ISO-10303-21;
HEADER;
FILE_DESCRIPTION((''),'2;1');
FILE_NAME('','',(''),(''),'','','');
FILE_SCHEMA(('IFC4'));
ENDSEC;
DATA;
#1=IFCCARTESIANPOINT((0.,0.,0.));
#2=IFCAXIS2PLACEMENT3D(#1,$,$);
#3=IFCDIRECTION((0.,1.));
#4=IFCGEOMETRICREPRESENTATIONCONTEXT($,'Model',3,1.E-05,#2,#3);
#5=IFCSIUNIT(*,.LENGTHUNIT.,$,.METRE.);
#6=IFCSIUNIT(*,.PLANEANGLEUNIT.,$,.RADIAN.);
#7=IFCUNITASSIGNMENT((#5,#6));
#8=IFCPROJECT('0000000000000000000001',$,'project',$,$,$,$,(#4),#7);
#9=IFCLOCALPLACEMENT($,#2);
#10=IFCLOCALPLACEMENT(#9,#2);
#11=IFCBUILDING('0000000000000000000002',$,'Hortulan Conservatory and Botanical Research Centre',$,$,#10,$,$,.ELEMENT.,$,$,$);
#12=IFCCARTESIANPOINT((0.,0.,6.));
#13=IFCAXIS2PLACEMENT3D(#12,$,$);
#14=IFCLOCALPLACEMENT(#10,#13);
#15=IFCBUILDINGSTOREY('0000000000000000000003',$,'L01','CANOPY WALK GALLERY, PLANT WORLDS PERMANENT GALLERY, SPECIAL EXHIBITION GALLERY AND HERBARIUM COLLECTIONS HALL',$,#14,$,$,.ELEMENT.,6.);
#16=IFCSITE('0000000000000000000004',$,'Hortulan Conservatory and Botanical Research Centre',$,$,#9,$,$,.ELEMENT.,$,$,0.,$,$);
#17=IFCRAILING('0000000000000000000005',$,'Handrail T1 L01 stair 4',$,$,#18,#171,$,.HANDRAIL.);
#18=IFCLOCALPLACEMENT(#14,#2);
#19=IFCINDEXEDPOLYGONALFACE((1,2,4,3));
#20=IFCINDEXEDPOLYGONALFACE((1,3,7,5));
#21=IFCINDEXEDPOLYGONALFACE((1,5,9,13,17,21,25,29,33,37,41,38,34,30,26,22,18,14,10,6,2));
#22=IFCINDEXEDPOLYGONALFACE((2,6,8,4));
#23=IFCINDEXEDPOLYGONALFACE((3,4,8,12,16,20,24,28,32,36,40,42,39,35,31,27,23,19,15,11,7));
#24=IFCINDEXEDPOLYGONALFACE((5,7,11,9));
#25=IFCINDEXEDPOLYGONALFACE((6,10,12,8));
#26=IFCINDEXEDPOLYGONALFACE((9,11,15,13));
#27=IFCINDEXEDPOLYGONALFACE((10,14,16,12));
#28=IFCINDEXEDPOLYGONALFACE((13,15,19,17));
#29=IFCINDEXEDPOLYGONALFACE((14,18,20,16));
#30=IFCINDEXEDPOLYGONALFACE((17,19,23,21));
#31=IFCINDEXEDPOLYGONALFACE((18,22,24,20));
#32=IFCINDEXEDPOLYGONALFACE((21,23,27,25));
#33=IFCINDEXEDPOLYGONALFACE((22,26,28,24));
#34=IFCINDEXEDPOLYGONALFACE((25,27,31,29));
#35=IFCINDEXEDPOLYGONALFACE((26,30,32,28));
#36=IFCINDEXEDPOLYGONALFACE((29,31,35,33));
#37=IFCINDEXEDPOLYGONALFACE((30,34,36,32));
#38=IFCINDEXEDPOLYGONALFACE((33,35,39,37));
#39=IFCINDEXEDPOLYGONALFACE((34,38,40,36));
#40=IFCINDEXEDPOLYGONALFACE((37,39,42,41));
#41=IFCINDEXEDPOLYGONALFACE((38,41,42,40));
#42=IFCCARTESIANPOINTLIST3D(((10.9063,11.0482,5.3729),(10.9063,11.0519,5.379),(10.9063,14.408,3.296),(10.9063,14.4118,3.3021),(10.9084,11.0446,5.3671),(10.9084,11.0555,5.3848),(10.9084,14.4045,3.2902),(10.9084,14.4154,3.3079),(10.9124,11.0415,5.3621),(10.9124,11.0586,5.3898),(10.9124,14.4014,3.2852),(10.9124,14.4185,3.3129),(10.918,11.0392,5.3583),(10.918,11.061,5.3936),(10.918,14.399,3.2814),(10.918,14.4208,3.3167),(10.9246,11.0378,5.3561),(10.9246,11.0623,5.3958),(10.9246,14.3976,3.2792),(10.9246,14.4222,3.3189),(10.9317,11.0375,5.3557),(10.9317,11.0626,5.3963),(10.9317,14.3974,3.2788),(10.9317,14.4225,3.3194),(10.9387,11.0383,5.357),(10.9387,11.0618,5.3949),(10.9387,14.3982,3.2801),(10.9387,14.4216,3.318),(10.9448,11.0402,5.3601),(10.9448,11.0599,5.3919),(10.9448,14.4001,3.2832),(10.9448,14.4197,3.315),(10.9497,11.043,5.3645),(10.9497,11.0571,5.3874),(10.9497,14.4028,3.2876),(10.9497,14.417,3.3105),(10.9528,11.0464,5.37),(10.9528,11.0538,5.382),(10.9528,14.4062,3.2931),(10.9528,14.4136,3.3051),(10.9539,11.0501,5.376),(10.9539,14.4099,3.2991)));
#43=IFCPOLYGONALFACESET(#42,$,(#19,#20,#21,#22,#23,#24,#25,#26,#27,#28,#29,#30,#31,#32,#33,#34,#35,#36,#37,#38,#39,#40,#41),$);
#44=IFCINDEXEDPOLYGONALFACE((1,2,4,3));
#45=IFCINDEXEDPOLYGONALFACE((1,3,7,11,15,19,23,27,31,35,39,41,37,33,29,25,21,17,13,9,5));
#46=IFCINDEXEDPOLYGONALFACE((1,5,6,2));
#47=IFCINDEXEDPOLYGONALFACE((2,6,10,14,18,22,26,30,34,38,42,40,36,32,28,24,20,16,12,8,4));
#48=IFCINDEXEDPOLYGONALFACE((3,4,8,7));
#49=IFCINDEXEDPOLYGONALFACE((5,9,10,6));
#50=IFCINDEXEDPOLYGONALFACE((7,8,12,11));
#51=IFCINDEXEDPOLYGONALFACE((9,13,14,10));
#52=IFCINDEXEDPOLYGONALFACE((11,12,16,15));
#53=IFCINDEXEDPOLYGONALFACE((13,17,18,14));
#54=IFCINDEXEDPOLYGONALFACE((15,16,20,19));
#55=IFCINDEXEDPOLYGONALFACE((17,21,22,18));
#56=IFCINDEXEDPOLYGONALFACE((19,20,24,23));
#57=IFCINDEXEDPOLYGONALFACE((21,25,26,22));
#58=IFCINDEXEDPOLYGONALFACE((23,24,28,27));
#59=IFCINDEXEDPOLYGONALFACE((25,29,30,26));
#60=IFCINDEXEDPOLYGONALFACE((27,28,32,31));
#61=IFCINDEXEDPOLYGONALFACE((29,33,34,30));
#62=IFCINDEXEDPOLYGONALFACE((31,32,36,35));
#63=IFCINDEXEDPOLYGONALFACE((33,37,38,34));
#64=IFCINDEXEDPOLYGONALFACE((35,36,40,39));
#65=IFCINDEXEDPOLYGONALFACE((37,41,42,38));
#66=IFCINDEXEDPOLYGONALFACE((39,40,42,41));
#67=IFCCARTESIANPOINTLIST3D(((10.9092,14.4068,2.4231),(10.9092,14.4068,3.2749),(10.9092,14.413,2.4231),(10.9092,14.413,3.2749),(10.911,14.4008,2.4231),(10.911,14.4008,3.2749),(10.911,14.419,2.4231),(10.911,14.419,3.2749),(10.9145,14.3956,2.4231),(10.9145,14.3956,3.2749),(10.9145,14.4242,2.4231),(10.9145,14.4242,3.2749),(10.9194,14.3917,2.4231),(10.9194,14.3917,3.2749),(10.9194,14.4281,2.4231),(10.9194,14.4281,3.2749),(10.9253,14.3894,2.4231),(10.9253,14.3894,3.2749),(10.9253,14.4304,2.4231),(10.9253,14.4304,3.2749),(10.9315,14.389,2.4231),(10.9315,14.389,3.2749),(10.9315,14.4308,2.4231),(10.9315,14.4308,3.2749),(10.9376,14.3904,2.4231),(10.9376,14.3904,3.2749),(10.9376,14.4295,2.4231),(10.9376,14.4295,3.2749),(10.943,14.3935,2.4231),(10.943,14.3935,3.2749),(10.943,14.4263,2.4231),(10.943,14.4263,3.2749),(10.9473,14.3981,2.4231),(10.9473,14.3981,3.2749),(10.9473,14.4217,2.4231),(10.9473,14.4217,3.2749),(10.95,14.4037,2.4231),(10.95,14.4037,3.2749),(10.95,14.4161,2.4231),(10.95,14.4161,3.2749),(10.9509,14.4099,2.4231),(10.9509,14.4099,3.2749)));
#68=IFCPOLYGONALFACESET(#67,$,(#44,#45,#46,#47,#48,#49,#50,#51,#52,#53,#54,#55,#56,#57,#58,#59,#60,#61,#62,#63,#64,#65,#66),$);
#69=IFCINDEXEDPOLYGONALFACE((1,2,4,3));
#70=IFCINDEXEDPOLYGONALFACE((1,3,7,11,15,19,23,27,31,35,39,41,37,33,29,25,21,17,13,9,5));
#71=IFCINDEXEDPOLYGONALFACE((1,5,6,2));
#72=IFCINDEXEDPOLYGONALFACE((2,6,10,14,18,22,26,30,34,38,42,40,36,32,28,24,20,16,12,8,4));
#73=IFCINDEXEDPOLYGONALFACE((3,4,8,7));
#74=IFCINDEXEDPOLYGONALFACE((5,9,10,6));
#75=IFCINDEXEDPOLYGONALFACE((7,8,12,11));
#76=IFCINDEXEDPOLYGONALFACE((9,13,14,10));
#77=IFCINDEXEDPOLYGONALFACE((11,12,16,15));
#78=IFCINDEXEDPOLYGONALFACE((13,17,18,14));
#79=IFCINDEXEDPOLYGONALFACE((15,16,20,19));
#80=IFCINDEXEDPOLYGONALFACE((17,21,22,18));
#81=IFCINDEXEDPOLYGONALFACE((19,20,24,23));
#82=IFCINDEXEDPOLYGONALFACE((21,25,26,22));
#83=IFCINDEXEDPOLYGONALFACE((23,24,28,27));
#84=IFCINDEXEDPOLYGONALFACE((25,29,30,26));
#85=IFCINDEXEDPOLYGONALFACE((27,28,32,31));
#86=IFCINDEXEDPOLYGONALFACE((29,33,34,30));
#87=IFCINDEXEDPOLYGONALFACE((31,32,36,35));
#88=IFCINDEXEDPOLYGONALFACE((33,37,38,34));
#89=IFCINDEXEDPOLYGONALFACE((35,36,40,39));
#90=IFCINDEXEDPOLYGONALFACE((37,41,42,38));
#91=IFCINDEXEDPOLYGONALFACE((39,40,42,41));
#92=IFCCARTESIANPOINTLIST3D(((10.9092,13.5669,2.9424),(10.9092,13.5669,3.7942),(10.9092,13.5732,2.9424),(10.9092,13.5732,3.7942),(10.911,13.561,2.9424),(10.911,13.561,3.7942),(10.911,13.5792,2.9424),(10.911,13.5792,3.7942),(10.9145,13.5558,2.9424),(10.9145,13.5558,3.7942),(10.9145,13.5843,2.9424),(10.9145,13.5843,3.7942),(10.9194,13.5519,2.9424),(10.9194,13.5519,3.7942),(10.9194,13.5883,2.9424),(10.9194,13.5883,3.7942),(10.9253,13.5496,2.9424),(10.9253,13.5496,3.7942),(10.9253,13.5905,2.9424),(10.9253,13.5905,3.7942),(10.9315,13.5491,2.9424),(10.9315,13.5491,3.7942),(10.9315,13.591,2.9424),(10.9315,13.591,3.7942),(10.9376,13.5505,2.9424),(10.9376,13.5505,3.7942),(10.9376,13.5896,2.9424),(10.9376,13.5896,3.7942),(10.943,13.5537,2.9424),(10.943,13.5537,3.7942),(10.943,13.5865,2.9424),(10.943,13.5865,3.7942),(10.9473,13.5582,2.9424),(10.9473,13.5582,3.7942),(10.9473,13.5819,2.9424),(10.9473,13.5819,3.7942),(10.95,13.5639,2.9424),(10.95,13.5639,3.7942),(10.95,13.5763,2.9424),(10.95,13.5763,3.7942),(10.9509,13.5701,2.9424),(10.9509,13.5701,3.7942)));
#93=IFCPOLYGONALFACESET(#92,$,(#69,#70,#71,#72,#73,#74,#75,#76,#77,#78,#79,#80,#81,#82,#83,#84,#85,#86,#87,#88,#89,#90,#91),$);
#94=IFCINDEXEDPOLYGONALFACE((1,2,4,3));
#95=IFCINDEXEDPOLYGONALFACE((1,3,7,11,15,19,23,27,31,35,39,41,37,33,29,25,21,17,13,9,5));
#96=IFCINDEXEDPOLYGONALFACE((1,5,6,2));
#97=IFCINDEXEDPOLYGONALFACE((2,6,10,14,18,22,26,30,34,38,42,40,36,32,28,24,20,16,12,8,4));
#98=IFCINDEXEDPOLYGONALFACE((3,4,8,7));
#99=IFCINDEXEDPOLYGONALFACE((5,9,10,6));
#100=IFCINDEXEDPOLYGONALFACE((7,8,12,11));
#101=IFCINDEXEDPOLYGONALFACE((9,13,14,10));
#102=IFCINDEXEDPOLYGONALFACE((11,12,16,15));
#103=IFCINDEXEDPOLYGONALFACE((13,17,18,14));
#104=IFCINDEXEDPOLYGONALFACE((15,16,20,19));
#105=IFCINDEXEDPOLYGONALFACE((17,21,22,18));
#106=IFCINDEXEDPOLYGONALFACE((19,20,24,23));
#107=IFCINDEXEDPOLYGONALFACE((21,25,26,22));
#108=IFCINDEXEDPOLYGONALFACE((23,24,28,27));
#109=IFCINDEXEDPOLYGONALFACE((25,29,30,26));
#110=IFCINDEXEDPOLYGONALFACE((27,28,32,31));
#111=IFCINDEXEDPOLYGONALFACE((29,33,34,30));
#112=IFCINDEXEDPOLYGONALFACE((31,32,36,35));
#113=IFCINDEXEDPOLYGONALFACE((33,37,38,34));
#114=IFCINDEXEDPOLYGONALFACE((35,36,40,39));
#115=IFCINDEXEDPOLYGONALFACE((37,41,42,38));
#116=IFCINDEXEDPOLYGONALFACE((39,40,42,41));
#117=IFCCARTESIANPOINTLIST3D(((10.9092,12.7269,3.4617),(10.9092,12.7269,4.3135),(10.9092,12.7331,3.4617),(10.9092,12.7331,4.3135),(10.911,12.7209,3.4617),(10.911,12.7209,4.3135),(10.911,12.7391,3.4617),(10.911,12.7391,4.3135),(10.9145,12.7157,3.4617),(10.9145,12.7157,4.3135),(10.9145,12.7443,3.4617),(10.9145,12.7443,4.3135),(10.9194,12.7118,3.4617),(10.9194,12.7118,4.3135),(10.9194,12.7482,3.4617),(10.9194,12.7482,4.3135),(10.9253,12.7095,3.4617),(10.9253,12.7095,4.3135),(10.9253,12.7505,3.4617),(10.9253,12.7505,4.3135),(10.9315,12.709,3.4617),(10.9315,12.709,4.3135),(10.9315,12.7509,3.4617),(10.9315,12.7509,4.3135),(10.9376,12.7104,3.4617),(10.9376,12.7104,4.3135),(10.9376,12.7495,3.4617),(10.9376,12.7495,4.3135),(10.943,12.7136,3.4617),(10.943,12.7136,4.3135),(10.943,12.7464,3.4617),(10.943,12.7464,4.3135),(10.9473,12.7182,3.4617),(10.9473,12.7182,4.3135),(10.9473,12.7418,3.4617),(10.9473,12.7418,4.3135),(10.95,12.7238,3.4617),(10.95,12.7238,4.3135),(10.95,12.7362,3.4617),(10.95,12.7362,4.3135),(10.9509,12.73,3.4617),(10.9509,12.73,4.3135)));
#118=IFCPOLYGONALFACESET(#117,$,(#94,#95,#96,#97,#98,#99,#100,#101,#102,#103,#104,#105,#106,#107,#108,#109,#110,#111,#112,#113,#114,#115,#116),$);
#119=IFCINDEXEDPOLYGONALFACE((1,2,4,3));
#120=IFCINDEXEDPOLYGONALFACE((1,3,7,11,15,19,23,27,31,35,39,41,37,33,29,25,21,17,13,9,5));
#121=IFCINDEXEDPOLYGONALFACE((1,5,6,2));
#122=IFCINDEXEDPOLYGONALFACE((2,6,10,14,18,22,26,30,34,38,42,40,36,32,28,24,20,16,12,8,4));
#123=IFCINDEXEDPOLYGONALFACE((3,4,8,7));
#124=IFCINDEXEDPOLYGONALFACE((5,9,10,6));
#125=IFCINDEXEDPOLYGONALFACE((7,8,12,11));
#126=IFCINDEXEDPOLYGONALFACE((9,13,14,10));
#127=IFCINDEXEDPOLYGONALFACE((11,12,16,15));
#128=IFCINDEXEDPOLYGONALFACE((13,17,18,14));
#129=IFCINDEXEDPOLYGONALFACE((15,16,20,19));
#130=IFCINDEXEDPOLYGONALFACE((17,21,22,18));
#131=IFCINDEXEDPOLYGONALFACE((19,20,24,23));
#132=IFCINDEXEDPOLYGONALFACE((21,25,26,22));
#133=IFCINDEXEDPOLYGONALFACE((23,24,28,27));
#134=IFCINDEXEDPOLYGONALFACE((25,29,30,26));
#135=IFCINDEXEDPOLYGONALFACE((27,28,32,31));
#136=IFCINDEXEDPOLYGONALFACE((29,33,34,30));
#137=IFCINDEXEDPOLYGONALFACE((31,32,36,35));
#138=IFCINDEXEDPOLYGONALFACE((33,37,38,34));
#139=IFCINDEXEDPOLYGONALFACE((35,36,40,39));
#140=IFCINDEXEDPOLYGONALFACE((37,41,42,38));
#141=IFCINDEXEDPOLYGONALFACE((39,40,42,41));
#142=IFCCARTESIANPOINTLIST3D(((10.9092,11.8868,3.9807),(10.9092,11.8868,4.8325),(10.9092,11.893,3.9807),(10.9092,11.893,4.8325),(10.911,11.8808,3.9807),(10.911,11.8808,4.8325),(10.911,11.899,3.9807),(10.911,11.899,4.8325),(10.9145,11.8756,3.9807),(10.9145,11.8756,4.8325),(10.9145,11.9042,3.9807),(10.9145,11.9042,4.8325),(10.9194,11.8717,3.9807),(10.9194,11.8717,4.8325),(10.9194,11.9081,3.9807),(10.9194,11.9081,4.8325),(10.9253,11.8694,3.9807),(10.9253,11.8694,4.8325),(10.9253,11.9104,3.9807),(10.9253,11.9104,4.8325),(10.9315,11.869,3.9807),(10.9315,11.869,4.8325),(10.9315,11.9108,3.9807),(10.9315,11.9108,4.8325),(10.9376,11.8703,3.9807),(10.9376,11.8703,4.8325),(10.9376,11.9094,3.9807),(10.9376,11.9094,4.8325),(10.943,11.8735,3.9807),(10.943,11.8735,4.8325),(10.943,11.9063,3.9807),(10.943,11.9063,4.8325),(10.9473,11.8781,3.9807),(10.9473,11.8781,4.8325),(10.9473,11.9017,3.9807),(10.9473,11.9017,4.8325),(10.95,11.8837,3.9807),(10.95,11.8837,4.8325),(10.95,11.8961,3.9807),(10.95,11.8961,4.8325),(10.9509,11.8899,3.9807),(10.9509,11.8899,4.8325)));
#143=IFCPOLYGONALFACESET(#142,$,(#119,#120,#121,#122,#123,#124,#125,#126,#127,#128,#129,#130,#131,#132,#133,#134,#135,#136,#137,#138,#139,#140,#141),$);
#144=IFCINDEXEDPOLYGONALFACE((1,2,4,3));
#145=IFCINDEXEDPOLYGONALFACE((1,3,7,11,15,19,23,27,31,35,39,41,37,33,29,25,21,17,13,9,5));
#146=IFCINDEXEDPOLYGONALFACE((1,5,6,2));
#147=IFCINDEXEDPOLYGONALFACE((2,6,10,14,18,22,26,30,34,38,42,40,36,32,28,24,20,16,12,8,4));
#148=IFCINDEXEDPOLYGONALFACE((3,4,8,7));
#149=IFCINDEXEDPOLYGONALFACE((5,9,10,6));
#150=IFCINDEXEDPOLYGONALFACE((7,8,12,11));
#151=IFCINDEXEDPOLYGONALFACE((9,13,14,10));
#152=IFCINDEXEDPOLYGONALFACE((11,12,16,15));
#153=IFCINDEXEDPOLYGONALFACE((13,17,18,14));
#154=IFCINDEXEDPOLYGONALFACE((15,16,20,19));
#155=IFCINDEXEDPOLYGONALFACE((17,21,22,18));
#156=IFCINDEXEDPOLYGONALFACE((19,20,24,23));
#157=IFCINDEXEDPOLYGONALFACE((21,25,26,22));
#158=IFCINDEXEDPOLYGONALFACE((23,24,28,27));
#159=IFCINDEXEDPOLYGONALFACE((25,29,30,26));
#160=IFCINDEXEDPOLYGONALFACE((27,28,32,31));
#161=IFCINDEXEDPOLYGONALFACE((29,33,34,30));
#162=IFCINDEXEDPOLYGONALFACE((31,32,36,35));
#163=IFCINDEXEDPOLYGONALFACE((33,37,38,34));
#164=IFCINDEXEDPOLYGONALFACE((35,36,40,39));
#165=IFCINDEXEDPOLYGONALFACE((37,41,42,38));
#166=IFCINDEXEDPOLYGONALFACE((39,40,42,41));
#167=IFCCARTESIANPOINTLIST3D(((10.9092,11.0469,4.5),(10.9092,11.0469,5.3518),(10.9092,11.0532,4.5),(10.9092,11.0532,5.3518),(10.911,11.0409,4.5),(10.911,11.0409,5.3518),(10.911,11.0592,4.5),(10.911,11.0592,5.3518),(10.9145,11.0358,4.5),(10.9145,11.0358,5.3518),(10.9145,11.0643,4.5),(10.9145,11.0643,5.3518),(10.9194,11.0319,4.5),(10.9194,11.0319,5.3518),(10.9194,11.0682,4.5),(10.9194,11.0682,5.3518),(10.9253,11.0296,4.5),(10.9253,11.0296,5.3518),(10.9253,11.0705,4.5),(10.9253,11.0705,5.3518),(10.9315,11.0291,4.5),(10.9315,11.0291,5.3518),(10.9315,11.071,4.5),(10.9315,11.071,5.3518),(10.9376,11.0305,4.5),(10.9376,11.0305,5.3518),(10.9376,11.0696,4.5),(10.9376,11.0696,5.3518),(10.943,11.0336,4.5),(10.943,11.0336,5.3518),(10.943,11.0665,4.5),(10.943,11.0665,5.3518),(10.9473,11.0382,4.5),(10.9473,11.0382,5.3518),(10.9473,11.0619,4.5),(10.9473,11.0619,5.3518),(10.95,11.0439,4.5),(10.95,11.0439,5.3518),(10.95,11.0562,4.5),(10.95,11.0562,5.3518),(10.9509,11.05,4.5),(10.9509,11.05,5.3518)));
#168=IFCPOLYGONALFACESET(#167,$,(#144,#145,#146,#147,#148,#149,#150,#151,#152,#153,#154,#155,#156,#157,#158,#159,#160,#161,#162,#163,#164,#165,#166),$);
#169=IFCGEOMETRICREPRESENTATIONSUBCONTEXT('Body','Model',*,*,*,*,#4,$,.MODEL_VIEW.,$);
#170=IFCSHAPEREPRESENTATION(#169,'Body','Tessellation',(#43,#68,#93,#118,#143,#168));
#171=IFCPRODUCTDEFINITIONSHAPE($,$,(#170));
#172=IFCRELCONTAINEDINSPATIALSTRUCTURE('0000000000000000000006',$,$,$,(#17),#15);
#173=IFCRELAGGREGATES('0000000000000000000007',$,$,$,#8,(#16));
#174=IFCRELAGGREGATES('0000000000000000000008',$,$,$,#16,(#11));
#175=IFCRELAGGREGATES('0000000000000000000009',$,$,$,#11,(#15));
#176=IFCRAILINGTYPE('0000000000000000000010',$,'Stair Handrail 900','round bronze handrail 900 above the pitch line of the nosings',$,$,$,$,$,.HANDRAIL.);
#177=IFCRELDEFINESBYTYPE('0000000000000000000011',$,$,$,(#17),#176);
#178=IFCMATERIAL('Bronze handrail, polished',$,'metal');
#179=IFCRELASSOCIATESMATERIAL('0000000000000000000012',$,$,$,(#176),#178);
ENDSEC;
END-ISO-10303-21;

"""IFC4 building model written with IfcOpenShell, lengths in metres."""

from ifc_helpers import new_model, si_unit, direction, frame, origin, origin_2d, place, context, subcontext, project, spatial, circle, extrude, material, type_object, element, save


model = new_model("IFC4")

# Units and contexts
model_context = context("Model", 3, precision=1e-05, world=origin(), true_north=direction((0.0, 1.0)))
body_context = subcontext(model_context, "Body", "Model", "MODEL_VIEW")
ifc_project = project(units=[si_unit("LENGTHUNIT", "METRE"), si_unit("PLANEANGLEUNIT", "RADIAN")], contexts=[model_context])

# Site, building, storey
site_placement = place(None, origin())
site = spatial("IfcSite", under=ifc_project, at=site_placement, Name="Hortulan Conservatory and Botanical Research Centre", CompositionType="ELEMENT", RefElevation=0.0)
building_placement = place(site_placement, origin())
building = spatial("IfcBuilding", under=site, at=building_placement, Name="Hortulan Conservatory and Botanical Research Centre", CompositionType="ELEMENT")
storey_placement = place(building_placement, frame((0.0, 0.0, 6.0)))
storey = spatial("IfcBuildingStorey", under=building, at=storey_placement, Name="L01", Description="CANOPY WALK GALLERY, PLANT WORLDS PERMANENT GALLERY, SPECIAL EXHIBITION GALLERY AND HERBARIUM COLLECTIONS HALL", CompositionType="ELEMENT", Elevation=6.0)

# Railing
ifc_material_1 = material(Name="Bronze handrail, polished", Category="metal")
railing_type_1 = type_object("IfcRailingType", Name="Stair Handrail 900", Description="round bronze handrail 900 above the pitch line of the nosings", PredefinedType="HANDRAIL", material=ifc_material_1)
railing_1_placement = place(storey_placement, frame((10.9299, 14.4099, 2.4231)))
element("IfcRailing", 1, at=railing_1_placement, inside=storey, type_object=railing_type_1, Name="Handrail T1 L01 stair 4", PredefinedType="HANDRAIL", context=body_context, shape_type="SweptSolid", body=[
    extrude(circle(Radius=0.0239, at=origin_2d()), frame((0.0, 0.0, 0.876), z_axis=(0.0, -0.850606, 0.525803), x_axis=(1.0, 0.0, 0.0)), (0.0, 0.0, 1.0), 3.95),
    extrude(circle(Radius=0.021, at=origin_2d()), origin(), (0.0, 0.0, 1.0), 0.8518),
    extrude(circle(Radius=0.021, at=origin_2d()), frame((0.0, -0.8398, 0.5193)), (0.0, 0.0, 1.0), 0.8518),
    extrude(circle(Radius=0.021, at=origin_2d()), frame((0.0, -1.6799, 1.0386)), (0.0, 0.0, 1.0), 0.8518),
    extrude(circle(Radius=0.021, at=origin_2d()), frame((0.0, -2.52, 1.5576)), (0.0, 0.0, 1.0), 0.8518),
    extrude(circle(Radius=0.021, at=origin_2d()), frame((0.0, -3.3599, 2.0769)), (0.0, 0.0, 1.0), 0.8518),
])

save(model, "model.ifc")
